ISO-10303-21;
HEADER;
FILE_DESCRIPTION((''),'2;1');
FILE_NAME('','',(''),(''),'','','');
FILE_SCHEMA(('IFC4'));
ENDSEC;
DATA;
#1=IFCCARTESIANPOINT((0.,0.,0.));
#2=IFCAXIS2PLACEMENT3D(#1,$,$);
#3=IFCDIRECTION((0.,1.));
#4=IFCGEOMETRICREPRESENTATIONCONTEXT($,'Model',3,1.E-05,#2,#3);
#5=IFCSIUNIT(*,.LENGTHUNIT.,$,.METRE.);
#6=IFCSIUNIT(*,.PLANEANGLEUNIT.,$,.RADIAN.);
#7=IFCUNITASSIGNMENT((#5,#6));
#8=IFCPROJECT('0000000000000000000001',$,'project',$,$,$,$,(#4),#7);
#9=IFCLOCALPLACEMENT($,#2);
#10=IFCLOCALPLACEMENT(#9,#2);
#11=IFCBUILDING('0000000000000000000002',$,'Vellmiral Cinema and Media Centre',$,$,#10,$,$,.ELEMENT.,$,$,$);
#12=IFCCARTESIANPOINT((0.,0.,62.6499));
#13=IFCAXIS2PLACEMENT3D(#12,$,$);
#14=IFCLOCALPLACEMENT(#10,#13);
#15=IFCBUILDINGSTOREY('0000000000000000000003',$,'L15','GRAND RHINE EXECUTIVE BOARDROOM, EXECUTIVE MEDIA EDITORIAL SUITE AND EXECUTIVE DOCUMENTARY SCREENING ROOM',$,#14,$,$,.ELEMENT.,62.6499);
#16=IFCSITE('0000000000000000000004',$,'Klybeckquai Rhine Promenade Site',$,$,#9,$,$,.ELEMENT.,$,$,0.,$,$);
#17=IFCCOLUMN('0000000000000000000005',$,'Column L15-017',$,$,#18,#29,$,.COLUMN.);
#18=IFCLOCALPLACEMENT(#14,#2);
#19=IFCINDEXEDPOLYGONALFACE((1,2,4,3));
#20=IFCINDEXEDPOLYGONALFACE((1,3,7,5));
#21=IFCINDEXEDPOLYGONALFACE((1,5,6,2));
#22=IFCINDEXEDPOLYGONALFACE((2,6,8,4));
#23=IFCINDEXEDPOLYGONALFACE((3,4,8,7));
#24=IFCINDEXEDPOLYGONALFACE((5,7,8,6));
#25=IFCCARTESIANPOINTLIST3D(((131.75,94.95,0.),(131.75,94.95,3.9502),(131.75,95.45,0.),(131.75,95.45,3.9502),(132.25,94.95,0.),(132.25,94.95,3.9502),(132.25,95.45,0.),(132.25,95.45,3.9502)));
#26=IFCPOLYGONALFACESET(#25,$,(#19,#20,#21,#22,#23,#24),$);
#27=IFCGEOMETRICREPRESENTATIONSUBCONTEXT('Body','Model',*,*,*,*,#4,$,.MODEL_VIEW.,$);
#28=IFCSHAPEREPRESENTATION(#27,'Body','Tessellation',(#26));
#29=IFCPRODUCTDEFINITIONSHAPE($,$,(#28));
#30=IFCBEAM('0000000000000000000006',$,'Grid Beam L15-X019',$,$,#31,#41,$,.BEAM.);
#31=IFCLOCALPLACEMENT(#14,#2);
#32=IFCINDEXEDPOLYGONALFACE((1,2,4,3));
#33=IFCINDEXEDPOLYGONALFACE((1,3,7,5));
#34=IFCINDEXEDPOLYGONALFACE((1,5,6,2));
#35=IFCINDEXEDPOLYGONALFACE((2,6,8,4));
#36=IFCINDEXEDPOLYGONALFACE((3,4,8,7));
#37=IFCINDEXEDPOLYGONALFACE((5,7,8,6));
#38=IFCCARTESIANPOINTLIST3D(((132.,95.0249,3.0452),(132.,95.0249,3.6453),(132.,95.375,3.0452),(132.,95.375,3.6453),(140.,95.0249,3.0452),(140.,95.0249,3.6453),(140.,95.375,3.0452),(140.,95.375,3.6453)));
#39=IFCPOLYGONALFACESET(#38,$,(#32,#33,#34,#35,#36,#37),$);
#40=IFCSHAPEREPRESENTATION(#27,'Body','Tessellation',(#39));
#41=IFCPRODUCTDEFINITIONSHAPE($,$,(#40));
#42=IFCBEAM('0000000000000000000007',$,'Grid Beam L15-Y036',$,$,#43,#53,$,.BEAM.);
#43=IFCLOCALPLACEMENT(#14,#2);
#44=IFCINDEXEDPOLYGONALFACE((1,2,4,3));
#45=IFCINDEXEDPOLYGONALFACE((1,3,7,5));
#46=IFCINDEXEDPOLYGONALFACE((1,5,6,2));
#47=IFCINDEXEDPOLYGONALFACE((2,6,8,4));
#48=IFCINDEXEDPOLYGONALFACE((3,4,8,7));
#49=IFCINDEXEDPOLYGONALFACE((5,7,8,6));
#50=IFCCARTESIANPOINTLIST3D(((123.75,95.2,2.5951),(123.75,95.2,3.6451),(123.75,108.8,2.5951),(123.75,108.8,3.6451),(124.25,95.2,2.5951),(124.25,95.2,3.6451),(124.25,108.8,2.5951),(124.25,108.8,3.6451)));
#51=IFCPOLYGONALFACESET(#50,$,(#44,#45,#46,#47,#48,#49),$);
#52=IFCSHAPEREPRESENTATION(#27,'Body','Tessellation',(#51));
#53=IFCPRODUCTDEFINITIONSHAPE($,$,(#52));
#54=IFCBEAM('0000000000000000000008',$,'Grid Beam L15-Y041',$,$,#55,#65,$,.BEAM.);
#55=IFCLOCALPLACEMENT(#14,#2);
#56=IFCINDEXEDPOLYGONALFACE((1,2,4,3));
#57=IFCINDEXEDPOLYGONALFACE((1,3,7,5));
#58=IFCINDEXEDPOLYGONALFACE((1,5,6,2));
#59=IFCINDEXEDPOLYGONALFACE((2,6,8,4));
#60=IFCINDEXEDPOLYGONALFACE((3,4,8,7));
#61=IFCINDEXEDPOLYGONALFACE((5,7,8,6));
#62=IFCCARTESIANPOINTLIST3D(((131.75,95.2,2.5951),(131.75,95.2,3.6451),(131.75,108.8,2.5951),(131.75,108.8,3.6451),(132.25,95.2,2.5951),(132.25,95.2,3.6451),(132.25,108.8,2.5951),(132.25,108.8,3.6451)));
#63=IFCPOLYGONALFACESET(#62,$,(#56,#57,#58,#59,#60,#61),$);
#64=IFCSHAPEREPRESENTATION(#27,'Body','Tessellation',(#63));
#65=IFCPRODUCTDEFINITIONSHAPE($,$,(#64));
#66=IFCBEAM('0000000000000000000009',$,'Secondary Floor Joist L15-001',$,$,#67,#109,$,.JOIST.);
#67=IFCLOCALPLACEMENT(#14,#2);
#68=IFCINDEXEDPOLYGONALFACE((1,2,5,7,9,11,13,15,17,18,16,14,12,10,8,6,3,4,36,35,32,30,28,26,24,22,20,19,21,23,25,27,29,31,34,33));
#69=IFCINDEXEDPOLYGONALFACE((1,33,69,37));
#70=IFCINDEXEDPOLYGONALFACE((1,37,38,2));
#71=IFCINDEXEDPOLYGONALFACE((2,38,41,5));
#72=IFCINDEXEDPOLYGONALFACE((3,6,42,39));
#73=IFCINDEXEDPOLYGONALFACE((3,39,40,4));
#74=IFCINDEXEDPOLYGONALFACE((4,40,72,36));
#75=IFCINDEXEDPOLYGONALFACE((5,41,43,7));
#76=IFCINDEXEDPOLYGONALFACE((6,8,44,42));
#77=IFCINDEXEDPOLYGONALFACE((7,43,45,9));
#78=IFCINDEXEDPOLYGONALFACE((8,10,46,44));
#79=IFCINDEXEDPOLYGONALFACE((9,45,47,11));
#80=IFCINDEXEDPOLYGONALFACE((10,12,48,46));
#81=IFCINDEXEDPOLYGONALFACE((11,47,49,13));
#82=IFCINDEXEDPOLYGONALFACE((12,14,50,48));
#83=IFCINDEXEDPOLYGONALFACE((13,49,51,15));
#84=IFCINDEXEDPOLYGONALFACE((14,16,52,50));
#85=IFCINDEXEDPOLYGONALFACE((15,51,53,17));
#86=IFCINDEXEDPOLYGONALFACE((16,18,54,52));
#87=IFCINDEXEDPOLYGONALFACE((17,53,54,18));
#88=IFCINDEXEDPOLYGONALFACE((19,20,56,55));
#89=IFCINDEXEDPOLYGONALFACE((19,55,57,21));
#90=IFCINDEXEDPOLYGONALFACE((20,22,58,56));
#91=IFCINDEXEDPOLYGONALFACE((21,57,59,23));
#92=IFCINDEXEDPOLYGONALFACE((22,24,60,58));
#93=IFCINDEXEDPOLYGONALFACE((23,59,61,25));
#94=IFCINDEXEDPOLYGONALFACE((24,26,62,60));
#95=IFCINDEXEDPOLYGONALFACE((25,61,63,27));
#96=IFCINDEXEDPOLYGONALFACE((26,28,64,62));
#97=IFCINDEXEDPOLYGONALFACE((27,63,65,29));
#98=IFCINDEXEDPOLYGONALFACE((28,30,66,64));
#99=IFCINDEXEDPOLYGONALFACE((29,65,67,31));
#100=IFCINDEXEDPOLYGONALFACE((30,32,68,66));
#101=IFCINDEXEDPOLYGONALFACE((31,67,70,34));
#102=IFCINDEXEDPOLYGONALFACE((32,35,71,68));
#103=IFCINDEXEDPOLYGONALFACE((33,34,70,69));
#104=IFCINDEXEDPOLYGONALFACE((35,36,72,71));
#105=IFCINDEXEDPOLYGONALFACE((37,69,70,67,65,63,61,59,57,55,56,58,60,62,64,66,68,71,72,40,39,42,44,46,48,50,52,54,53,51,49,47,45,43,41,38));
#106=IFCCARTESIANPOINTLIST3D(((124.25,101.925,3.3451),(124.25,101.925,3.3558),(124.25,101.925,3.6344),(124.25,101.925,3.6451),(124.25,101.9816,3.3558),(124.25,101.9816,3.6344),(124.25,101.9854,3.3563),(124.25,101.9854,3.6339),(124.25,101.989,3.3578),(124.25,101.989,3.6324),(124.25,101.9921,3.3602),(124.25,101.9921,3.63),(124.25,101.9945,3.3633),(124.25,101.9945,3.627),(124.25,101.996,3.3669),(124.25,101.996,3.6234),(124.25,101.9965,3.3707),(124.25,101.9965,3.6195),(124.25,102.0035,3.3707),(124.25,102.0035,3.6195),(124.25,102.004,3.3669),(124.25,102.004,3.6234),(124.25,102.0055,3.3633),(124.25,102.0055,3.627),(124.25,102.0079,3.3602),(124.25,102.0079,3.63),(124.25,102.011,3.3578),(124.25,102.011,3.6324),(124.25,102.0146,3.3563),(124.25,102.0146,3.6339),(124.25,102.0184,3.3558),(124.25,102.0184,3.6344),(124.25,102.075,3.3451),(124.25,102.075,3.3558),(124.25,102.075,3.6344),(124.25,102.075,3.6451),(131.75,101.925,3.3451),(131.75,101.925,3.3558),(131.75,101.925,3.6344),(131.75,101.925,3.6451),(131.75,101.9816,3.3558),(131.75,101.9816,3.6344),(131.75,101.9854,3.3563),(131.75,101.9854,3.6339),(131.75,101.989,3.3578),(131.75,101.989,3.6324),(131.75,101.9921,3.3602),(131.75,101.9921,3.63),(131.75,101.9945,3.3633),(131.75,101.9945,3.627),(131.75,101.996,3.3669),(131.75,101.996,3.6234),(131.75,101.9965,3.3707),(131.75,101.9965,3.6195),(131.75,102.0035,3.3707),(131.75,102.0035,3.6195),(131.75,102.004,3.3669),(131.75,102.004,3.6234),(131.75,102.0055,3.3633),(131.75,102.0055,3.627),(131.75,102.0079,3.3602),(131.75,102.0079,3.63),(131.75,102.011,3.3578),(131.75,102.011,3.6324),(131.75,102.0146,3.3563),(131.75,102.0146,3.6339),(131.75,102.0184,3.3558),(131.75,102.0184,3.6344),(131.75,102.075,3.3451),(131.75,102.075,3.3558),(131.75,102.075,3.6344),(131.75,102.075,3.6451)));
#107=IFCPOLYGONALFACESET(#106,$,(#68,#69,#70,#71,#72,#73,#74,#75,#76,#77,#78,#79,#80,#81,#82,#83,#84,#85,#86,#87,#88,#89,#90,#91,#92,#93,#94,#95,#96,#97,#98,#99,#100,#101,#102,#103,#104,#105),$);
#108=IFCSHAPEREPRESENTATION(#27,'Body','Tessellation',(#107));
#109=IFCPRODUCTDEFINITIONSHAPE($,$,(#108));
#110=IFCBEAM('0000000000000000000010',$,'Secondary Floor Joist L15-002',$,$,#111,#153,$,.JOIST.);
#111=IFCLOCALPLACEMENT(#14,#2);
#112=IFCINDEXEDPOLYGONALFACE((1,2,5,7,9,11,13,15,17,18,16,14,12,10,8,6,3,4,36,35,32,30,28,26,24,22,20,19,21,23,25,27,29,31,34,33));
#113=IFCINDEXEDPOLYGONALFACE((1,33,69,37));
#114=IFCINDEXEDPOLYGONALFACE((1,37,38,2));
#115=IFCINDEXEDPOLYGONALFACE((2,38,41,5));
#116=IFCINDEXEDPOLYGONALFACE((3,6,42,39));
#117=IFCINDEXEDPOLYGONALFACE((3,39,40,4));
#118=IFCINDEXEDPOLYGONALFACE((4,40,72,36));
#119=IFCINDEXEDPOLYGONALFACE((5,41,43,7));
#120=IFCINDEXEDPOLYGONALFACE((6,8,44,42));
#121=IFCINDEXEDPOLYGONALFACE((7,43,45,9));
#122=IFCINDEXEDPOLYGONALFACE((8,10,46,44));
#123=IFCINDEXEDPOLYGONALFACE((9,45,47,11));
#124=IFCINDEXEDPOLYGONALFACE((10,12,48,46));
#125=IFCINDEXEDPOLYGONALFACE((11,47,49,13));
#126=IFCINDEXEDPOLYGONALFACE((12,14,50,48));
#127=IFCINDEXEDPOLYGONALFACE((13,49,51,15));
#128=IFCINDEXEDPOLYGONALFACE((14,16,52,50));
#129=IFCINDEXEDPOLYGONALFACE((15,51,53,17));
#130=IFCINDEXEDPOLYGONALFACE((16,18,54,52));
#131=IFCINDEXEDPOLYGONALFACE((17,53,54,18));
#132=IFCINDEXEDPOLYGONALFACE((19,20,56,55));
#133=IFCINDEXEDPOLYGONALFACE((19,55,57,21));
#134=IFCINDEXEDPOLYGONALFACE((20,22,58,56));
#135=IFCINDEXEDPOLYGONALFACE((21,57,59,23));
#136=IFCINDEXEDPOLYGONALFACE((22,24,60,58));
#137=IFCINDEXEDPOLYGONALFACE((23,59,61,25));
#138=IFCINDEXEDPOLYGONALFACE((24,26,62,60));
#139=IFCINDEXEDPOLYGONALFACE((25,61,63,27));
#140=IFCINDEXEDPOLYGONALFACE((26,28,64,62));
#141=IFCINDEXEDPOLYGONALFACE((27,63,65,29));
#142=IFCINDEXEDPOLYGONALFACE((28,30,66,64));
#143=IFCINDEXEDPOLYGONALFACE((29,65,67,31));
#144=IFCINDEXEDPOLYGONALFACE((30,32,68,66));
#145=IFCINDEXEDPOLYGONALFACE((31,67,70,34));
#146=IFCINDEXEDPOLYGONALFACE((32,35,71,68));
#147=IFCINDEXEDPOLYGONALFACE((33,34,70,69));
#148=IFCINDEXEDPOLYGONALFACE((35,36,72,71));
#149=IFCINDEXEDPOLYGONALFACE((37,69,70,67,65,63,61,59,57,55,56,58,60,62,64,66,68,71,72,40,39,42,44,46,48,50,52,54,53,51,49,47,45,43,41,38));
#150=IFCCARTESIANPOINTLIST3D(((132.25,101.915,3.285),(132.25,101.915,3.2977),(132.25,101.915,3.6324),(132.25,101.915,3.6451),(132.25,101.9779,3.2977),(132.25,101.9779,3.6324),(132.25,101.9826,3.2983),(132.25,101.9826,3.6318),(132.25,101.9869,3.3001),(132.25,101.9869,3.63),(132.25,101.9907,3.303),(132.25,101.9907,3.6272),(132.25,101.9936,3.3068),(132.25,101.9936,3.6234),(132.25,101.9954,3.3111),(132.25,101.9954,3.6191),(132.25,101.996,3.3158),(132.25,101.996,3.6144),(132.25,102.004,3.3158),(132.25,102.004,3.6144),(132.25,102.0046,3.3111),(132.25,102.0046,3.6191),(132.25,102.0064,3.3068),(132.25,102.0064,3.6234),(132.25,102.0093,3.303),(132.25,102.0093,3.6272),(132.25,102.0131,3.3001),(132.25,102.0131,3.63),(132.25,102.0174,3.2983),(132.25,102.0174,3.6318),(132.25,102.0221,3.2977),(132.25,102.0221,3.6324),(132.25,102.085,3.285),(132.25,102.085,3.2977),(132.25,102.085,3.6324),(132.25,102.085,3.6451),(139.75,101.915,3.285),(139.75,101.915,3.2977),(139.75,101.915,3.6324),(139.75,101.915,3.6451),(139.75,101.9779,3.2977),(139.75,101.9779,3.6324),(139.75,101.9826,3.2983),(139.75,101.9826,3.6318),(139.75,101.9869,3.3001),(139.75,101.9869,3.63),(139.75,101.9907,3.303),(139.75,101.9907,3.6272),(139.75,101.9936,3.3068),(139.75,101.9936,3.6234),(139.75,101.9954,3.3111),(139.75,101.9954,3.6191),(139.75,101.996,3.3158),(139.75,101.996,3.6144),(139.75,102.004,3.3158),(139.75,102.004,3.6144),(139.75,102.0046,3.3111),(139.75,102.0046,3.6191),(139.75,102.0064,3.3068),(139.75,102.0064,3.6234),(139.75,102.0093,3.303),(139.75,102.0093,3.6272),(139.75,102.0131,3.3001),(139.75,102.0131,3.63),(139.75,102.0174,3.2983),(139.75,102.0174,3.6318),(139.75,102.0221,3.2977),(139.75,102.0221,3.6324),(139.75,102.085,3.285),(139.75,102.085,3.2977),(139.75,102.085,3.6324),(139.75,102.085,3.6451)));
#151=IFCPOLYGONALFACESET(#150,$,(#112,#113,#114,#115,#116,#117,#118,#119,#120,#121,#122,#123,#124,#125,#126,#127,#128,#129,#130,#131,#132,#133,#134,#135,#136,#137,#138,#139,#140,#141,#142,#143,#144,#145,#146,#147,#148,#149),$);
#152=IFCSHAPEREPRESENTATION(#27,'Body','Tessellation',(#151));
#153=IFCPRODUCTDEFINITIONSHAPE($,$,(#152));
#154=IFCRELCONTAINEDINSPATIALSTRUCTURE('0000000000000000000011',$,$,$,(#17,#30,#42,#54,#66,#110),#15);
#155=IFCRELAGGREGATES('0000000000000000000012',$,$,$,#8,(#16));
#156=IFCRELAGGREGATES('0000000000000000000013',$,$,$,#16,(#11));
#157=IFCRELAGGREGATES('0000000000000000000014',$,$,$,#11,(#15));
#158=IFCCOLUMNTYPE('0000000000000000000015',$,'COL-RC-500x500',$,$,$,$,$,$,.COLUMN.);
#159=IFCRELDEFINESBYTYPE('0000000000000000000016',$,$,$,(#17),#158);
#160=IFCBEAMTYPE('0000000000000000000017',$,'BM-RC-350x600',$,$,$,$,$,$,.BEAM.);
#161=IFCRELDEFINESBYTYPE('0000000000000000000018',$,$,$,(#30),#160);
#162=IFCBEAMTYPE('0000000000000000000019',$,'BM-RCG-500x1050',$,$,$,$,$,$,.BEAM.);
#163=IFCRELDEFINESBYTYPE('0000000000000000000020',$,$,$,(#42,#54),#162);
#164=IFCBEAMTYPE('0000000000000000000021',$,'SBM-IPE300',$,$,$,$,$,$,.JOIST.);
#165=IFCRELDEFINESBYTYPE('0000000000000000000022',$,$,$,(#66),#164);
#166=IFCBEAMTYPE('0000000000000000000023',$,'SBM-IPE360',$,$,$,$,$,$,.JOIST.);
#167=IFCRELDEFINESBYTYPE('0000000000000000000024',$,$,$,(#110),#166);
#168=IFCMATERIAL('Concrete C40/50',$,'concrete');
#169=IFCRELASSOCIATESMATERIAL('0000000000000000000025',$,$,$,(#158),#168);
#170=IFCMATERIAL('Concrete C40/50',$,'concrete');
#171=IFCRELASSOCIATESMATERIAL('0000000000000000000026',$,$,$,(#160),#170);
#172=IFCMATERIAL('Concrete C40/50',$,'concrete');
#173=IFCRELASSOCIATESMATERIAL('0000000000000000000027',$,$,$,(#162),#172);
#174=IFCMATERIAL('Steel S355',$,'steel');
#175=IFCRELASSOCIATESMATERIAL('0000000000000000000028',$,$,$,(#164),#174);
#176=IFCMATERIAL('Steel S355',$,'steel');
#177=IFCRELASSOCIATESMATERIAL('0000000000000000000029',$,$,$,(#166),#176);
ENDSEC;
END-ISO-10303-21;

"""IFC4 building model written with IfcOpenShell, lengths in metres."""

from ifc_helpers import new_model, si_unit, direction, frame, origin, origin_2d, place, context, subcontext, project, spatial, rectangle, i_section, extrude, material, material_profile, profile_set, type_object, element, save


model = new_model("IFC4")

# Units and contexts
model_context = context("Model", 3, precision=1e-05, world=origin(), true_north=direction((0.0, 1.0)))
body_context = subcontext(model_context, "Body", "Model", "MODEL_VIEW")
ifc_project = project(units=[si_unit("LENGTHUNIT", "METRE"), si_unit("PLANEANGLEUNIT", "RADIAN")], contexts=[model_context])

# Site, building, storey
site_placement = place(None, origin())
site = spatial("IfcSite", under=ifc_project, at=site_placement, Name="Klybeckquai Rhine Promenade Site", CompositionType="ELEMENT", RefElevation=0.0)
building_placement = place(site_placement, origin())
building = spatial("IfcBuilding", under=site, at=building_placement, Name="Vellmiral Cinema and Media Centre", CompositionType="ELEMENT")
storey_placement = place(building_placement, frame((0.0, 0.0, 62.6499)))
storey = spatial("IfcBuildingStorey", under=building, at=storey_placement, Name="L15", Description="GRAND RHINE EXECUTIVE BOARDROOM, EXECUTIVE MEDIA EDITORIAL SUITE AND EXECUTIVE DOCUMENTARY SCREENING ROOM", CompositionType="ELEMENT", Elevation=62.6499)

# Column
ifc_material_1 = material(Name="Concrete C40/50", Category="concrete")
ifc_material_profile_1 = material_profile(ifc_material_1, rectangle(XDim=0.5, YDim=0.5, at=origin_2d()), Name="RC 500x500")
ifc_profile_set_1 = profile_set([ifc_material_profile_1], Name="Concrete C40/50")
column_type = type_object("IfcColumnType", Name="COL-RC-500x500", PredefinedType="COLUMN", material=ifc_profile_set_1)
column_placement = place(storey_placement, frame((132.0, 95.2, 0.0), z_axis=(0.0, 0.0, 1.0), x_axis=(1.0, 0.0, 0.0)))
element("IfcColumn", 1, at=column_placement, inside=storey, type_object=column_type, Name="Column L15-017", PredefinedType="COLUMN", context=body_context, shape_type="SweptSolid", body=[
    extrude(rectangle(XDim=0.5, YDim=0.5, at=origin_2d()), origin(), (0.0, 0.0, 1.0), 3.9502),
])

# Beams
ifc_material_2 = material(Name="Concrete C40/50", Category="concrete")
ifc_material_profile_2 = material_profile(ifc_material_2, rectangle(XDim=0.3501, YDim=0.6001, at=origin_2d()), Name="RC 350x600")
ifc_profile_set_2 = profile_set([ifc_material_profile_2], Name="Concrete C40/50")
beam_type_1 = type_object("IfcBeamType", Name="BM-RC-350x600", PredefinedType="BEAM", material=ifc_profile_set_2)
beam_1_placement = place(storey_placement, frame((132.0, 95.2, 3.3452), z_axis=(1.0, 0.0, 0.0), x_axis=(0.0, 1.0, 0.0)))
element("IfcBeam", 2, at=beam_1_placement, inside=storey, type_object=beam_type_1, Name="Grid Beam L15-X019", PredefinedType="BEAM", context=body_context, shape_type="SweptSolid", body=[
    extrude(rectangle(XDim=0.3501, YDim=0.6001, at=origin_2d()), origin(), (0.0, 0.0, 1.0), 8.0),
])
ifc_material_3 = material(Name="Concrete C40/50", Category="concrete")
ifc_material_profile_3 = material_profile(ifc_material_3, rectangle(XDim=0.5, YDim=1.05, at=origin_2d()), Name="RC 500x1050")
ifc_profile_set_3 = profile_set([ifc_material_profile_3], Name="Concrete C40/50")
beam_type_2 = type_object("IfcBeamType", Name="BM-RCG-500x1050", PredefinedType="BEAM", material=ifc_profile_set_3)
for number, where, z_axis, x_axis, name in (
    (3, (124.0, 95.2, 3.1201), (0.0, 1.0, 0.0), (-1.0, 0.0, 0.0), "Grid Beam L15-Y036"),
    (4, (132.0, 95.2, 3.1201), (0.0, 1.0, 0.0), (-1.0, 0.0, 0.0), "Grid Beam L15-Y041"),
):
    element("IfcBeam", number, at=place(storey_placement, frame(where, z_axis=z_axis, x_axis=x_axis)), inside=storey, type_object=beam_type_2, Name=name, PredefinedType="BEAM", context=body_context, shape_type="SweptSolid", body=[
        extrude(rectangle(XDim=0.5, YDim=1.05, at=origin_2d()), origin(), (0.0, 0.0, 1.0), 13.6001),
    ])
ifc_material_4 = material(Name="Steel S355", Category="steel")
ifc_material_profile_4 = material_profile(ifc_material_4, i_section(OverallWidth=0.1499, OverallDepth=0.3, WebThickness=0.0071, FlangeThickness=0.0107, FilletRadius=0.0149, at=origin_2d()), Name="IPE 300")
ifc_profile_set_4 = profile_set([ifc_material_profile_4], Name="Steel S355")
beam_type_3 = type_object("IfcBeamType", Name="SBM-IPE300", PredefinedType="JOIST", material=ifc_profile_set_4)
beam_2_placement = place(storey_placement, frame((124.25, 102.0, 3.4951), z_axis=(1.0, 0.0, 0.0), x_axis=(0.0, 1.0, 0.0)))
element("IfcBeam", 5, at=beam_2_placement, inside=storey, type_object=beam_type_3, Name="Secondary Floor Joist L15-001", PredefinedType="JOIST", context=body_context, shape_type="SweptSolid", body=[
    extrude(i_section(OverallWidth=0.1499, OverallDepth=0.3, WebThickness=0.0071, FlangeThickness=0.0107, FilletRadius=0.0149, at=origin_2d()), origin(), (0.0, 0.0, 1.0), 7.5),
])
ifc_material_5 = material(Name="Steel S355", Category="steel")
ifc_material_profile_5 = material_profile(ifc_material_5, i_section(OverallWidth=0.1699, OverallDepth=0.3601, WebThickness=0.0081, FlangeThickness=0.0127, FilletRadius=0.0181, at=origin_2d()), Name="IPE 360")
ifc_profile_set_5 = profile_set([ifc_material_profile_5], Name="Steel S355")
beam_type_4 = type_object("IfcBeamType", Name="SBM-IPE360", PredefinedType="JOIST", material=ifc_profile_set_5)
beam_3_placement = place(storey_placement, frame((132.25, 102.0, 3.4651), z_axis=(1.0, 0.0, 0.0), x_axis=(0.0, 1.0, 0.0)))
element("IfcBeam", 6, at=beam_3_placement, inside=storey, type_object=beam_type_4, Name="Secondary Floor Joist L15-002", PredefinedType="JOIST", context=body_context, shape_type="SweptSolid", body=[
    extrude(i_section(OverallWidth=0.1699, OverallDepth=0.3601, WebThickness=0.0081, FlangeThickness=0.0127, FilletRadius=0.0181, at=origin_2d()), origin(), (0.0, 0.0, 1.0), 7.5),
])

save(model, "model.ifc")
